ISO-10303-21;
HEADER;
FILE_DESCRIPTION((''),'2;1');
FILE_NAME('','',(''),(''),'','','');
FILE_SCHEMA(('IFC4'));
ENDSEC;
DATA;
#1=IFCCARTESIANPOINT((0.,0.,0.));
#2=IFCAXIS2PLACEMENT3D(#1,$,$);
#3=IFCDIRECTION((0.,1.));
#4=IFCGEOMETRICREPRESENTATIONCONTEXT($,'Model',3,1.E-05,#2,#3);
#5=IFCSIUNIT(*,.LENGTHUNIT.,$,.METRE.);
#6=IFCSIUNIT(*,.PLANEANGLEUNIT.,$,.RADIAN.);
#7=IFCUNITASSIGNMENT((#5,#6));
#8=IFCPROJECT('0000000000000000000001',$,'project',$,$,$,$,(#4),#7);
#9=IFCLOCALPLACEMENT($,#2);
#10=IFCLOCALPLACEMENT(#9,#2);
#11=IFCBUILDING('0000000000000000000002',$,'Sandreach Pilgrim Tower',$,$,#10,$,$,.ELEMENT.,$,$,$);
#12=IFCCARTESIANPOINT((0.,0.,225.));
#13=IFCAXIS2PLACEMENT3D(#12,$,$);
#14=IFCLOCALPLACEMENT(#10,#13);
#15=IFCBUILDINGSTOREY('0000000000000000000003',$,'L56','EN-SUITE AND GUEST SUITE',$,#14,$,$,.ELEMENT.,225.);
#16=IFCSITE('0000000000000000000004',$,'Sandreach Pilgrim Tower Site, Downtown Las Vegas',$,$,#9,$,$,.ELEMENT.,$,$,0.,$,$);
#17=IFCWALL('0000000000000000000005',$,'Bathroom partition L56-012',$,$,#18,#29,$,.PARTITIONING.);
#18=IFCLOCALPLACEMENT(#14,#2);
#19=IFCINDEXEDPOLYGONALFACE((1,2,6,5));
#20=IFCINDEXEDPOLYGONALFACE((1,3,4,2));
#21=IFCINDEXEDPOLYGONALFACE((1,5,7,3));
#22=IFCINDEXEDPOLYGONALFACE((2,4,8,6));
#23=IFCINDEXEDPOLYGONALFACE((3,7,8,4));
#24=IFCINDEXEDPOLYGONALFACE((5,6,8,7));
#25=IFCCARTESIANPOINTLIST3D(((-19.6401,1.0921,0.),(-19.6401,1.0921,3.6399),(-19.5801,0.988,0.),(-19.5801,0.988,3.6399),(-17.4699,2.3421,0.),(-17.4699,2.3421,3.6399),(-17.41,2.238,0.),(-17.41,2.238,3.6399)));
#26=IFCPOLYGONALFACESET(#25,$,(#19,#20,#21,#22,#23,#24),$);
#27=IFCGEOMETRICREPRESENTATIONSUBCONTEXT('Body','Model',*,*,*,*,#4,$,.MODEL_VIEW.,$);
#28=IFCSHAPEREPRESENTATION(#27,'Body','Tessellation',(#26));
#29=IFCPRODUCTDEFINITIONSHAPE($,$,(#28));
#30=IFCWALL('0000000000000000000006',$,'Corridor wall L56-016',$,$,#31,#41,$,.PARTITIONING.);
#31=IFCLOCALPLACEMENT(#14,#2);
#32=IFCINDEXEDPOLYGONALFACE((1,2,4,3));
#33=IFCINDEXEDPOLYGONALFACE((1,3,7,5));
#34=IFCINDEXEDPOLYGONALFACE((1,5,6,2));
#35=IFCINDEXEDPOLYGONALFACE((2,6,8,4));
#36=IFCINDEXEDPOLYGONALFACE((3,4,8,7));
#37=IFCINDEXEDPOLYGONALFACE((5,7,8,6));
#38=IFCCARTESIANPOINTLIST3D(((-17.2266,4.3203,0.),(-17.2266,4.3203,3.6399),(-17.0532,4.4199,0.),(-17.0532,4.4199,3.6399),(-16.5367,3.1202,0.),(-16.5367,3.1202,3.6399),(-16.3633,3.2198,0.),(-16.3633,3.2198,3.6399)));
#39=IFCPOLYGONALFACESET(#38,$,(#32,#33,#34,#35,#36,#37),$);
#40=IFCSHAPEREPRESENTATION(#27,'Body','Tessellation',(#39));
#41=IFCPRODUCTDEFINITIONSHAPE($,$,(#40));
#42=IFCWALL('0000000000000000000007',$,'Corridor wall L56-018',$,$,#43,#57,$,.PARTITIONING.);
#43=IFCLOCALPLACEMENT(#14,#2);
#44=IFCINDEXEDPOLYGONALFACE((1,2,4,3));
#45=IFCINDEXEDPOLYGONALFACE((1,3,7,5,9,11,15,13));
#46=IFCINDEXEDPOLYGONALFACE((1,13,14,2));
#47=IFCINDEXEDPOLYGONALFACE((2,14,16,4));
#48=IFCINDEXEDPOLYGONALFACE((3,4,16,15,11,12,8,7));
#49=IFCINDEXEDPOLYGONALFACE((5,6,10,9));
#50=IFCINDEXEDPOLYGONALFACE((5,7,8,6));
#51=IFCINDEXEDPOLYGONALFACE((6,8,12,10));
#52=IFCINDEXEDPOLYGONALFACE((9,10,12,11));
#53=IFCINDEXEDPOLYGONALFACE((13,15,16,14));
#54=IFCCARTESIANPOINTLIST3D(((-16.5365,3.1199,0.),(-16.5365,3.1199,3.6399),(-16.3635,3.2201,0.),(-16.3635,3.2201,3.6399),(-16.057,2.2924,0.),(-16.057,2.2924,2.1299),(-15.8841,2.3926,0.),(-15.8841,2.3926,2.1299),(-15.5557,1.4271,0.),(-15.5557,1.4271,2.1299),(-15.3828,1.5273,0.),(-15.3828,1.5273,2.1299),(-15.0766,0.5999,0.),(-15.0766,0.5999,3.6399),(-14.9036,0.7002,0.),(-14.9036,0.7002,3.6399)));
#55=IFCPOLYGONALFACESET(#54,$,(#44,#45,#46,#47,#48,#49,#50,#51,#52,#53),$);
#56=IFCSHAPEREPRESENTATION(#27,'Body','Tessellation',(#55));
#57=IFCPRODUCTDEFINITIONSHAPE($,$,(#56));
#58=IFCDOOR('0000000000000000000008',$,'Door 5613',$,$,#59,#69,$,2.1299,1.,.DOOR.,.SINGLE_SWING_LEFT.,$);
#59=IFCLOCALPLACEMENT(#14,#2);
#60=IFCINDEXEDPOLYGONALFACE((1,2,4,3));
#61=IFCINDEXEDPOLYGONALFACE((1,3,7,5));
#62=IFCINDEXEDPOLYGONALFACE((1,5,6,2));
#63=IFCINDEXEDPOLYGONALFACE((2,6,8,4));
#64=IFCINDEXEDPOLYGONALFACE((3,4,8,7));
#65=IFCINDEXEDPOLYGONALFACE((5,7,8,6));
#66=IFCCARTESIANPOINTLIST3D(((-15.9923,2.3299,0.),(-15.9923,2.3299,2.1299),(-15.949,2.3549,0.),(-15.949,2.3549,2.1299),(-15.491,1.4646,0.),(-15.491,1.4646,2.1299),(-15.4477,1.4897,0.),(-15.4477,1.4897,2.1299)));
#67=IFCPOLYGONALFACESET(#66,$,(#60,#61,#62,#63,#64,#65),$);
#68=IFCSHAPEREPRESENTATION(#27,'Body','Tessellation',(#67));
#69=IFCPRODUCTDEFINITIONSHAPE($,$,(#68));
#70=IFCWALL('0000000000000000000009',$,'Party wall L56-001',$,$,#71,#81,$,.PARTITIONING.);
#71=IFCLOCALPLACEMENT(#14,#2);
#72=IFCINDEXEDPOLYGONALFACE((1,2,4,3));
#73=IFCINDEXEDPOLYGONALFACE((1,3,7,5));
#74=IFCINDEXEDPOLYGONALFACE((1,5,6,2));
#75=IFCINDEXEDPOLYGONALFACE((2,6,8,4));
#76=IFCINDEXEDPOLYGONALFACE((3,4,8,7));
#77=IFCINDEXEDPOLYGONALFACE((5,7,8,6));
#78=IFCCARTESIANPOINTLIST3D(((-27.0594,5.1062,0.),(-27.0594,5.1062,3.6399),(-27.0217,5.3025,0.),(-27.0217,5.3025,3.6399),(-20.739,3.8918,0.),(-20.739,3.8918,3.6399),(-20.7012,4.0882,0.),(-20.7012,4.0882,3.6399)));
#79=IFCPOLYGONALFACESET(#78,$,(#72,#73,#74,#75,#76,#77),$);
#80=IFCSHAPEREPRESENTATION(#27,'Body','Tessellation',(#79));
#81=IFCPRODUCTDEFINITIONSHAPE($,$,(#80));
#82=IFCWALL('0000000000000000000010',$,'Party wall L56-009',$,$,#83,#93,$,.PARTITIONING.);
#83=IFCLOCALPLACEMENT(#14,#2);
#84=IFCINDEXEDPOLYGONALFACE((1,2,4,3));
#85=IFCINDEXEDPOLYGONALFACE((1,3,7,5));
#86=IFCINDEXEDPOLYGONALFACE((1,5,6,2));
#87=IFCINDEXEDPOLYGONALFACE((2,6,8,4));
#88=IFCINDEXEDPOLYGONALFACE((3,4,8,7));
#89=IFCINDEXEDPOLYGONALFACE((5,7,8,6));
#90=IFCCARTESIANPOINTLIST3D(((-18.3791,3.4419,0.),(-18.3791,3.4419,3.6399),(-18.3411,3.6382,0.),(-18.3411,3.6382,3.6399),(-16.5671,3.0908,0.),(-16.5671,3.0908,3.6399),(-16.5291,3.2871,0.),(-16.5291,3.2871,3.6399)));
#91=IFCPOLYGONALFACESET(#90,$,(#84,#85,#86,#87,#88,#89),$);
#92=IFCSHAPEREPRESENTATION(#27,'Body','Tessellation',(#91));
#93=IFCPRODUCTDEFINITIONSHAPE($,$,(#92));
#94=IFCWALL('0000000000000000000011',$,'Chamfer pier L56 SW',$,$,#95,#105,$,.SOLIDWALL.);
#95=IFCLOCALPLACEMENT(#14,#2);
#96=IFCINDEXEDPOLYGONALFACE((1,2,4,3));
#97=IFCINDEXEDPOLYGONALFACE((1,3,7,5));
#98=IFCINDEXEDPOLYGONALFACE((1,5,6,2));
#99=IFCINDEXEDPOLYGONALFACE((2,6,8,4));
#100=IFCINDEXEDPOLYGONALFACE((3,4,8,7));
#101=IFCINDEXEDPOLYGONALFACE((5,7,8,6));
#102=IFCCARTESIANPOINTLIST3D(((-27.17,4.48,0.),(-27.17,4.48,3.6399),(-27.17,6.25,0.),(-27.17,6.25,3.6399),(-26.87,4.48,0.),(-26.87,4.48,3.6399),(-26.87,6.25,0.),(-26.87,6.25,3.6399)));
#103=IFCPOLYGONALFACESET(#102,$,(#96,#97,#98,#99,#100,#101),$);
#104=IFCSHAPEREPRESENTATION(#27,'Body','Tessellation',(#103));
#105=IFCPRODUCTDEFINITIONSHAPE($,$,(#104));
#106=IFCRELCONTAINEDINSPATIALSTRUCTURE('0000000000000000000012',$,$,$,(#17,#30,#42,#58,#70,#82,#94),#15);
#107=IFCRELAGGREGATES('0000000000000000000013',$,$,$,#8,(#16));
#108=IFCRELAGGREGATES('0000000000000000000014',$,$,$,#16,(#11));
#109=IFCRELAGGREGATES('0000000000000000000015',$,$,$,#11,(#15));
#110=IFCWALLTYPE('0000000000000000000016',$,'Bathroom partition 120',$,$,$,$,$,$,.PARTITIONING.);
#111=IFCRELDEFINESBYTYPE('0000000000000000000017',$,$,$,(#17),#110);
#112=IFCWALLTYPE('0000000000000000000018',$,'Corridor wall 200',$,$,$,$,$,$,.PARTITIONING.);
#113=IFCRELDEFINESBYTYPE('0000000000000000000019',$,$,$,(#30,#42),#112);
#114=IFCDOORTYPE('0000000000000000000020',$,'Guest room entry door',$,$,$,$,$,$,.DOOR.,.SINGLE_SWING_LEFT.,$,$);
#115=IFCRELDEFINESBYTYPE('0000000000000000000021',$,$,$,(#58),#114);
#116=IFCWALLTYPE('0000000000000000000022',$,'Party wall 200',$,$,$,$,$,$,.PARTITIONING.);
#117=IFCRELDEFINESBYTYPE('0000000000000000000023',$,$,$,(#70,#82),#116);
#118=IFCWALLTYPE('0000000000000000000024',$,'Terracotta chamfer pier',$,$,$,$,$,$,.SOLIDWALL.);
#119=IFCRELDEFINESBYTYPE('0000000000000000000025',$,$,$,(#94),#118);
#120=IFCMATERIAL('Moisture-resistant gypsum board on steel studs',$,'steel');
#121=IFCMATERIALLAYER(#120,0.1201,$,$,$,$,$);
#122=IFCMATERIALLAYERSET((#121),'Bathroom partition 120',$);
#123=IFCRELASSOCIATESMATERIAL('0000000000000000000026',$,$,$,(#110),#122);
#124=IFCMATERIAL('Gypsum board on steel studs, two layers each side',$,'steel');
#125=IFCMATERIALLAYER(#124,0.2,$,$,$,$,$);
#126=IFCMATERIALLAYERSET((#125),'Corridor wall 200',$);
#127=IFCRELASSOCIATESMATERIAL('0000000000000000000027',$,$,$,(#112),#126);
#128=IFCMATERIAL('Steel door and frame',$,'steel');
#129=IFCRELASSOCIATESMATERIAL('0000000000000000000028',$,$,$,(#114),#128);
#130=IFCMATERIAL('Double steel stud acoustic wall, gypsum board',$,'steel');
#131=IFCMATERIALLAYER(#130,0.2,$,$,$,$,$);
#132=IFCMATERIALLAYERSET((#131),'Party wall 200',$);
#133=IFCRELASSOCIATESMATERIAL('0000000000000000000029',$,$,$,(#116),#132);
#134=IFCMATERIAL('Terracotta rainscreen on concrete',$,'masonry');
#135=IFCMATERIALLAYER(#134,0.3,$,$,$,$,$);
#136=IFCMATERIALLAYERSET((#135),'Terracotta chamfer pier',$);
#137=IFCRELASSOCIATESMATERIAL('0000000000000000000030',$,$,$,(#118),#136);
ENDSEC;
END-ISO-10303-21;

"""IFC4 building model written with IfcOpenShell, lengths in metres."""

from ifc_helpers import new_model, si_unit, direction, frame, frame_2d, origin, place, context, subcontext, project, spatial, rectangle, extrude, material, layer, layer_set, type_object, element, fill, save


model = new_model("IFC4")

# Units and contexts
model_context = context("Model", 3, precision=1e-05, world=origin(), true_north=direction((0.0, 1.0)))
body_context = subcontext(model_context, "Body", "Model", "MODEL_VIEW")
ifc_project = project(units=[si_unit("LENGTHUNIT", "METRE"), si_unit("PLANEANGLEUNIT", "RADIAN")], contexts=[model_context])

# Site, building, storey
site_placement = place(None, origin())
site = spatial("IfcSite", under=ifc_project, at=site_placement, Name="Sandreach Pilgrim Tower Site, Downtown Las Vegas", CompositionType="ELEMENT", RefElevation=0.0)
building_placement = place(site_placement, origin())
building = spatial("IfcBuilding", under=site, at=building_placement, Name="Sandreach Pilgrim Tower", CompositionType="ELEMENT")
storey_placement = place(building_placement, frame((0.0, 0.0, 225.0)))
storey = spatial("IfcBuildingStorey", under=building, at=storey_placement, Name="L56", Description="EN-SUITE AND GUEST SUITE", CompositionType="ELEMENT", Elevation=225.0)

# Shared definitions
ifc_material_1 = material(Name="Moisture-resistant gypsum board on steel studs", Category="steel")
ifc_layer_1 = layer(ifc_material_1, 0.1201)
ifc_layer_set_1 = layer_set([ifc_layer_1], Name="Bathroom partition 120")
wall_type_1 = type_object("IfcWallType", Name="Bathroom partition 120", PredefinedType="PARTITIONING", material=ifc_layer_set_1)

# Walls
wall_1_placement = place(storey_placement, frame((-17.4399, 2.29, 0.0), z_axis=(0.0, 0.0, 1.0), x_axis=(-0.866534, -0.499118, 0.0)))
element("IfcWall", 1, at=wall_1_placement, inside=storey, type_object=wall_type_1, Name="Bathroom partition L56-012", PredefinedType="PARTITIONING", context=body_context, shape_type="SweptSolid", body=[
    extrude(rectangle(XDim=2.5044, YDim=0.1201, at=frame_2d((1.2522, 0.0))), origin(), (0.0, 0.0, 1.0), 3.6399),
])
ifc_material_2 = material(Name="Gypsum board on steel studs, two layers each side", Category="steel")
ifc_layer_2 = layer(ifc_material_2, 0.2)
ifc_layer_set_2 = layer_set([ifc_layer_2], Name="Corridor wall 200")
wall_type_2 = type_object("IfcWallType", Name="Corridor wall 200", PredefinedType="PARTITIONING", material=ifc_layer_set_2)
wall_2_placement = place(storey_placement, frame((-17.1399, 4.3701, 0.0), z_axis=(0.0, 0.0, 1.0), x_axis=(0.498378, -0.86696, 0.0)))
element("IfcWall", 2, at=wall_2_placement, inside=storey, type_object=wall_type_2, Name="Corridor wall L56-016", PredefinedType="PARTITIONING", context=body_context, shape_type="SweptSolid", body=[
    extrude(rectangle(XDim=1.3843, YDim=0.2, at=frame_2d((0.6921, 0.0))), origin(), (0.0, 0.0, 1.0), 3.6399),
])

# Wall, opening, door
ifc_material_3 = material(Name="Steel door and frame", Category="steel")
door_type_1 = type_object("IfcDoorType", Name="Guest room entry door", OperationType="SINGLE_SWING_LEFT", PredefinedType="DOOR", material=ifc_material_3)
wall_3_placement = place(storey_placement, frame((-16.45, 3.1699, 0.0), z_axis=(0.0, 0.0, 1.0), x_axis=(0.501294, -0.865277, 0.0)))
wall_3 = element("IfcWall", 3, at=wall_3_placement, inside=storey, type_object=wall_type_2, Name="Corridor wall L56-018", PredefinedType="PARTITIONING", context=body_context, shape_type="SweptSolid", body=[
    extrude(rectangle(XDim=2.9124, YDim=0.2, at=frame_2d((1.4561, 0.0))), origin(), (0.0, 0.0, 1.0), 3.6399),
])
opening_1_placement = place(wall_3_placement, frame((0.9563, 0.0, 0.0)))
opening_1 = element("IfcOpeningElement", 4, at=opening_1_placement, cuts=wall_3, PredefinedType="OPENING", context=body_context, shape_type="SweptSolid", body=[
    extrude(rectangle(XDim=1.0, YDim=2.1299, at=frame_2d((0.5, 1.0649))), frame((0.0, 0.1001, 0.0), z_axis=(0.0, -1.0, 0.0), x_axis=(1.0, 0.0, 0.0)), (0.0, 0.0, 1.0), 0.2),
])
door_1_placement = place(opening_1_placement, origin())
door_1 = element("IfcDoor", 5, at=door_1_placement, inside=storey, type_object=door_type_1, Name="Door 5613", OperationType="SINGLE_SWING_LEFT", OverallHeight=2.1299, OverallWidth=1.0, PredefinedType="DOOR", context=body_context, shape_type="SweptSolid", body=[
    extrude(rectangle(XDim=1.0, YDim=2.1299, at=frame_2d((0.5, 1.0649))), frame((0.0, 0.0249, 0.0), z_axis=(0.0, -1.0, 0.0), x_axis=(1.0, 0.0, 0.0)), (0.0, 0.0, 1.0), 0.05),
])
fill(opening_1, door_1)

# Walls
ifc_material_4 = material(Name="Double steel stud acoustic wall, gypsum board", Category="steel")
ifc_layer_3 = layer(ifc_material_4, 0.2)
ifc_layer_set_3 = layer_set([ifc_layer_3], Name="Party wall 200")
wall_type_3 = type_object("IfcWallType", Name="Party wall 200", PredefinedType="PARTITIONING", material=ifc_layer_set_3)
wall_4_placement = place(storey_placement, frame((-27.0405, 5.2043, 0.0), z_axis=(0.0, 0.0, 1.0), x_axis=(0.982039, -0.188677, 0.0)))
element("IfcWall", 6, at=wall_4_placement, inside=storey, type_object=wall_type_3, Name="Party wall L56-001", PredefinedType="PARTITIONING", context=body_context, shape_type="SweptSolid", body=[
    extrude(rectangle(XDim=6.436, YDim=0.2, at=frame_2d((3.218, 0.0))), origin(), (0.0, 0.0, 1.0), 3.6399),
])
wall_5_placement = place(storey_placement, frame((-18.3601, 3.54, 0.0), z_axis=(0.0, 0.0, 1.0), x_axis=(0.981743, -0.190211, 0.0)))
element("IfcWall", 7, at=wall_5_placement, inside=storey, type_object=wall_type_3, Name="Party wall L56-009", PredefinedType="PARTITIONING", context=body_context, shape_type="SweptSolid", body=[
    extrude(rectangle(XDim=1.8457, YDim=0.2, at=frame_2d((0.9229, 0.0))), origin(), (0.0, 0.0, 1.0), 3.6399),
])
ifc_material_5 = material(Name="Terracotta rainscreen on concrete", Category="masonry")
ifc_layer_4 = layer(ifc_material_5, 0.3)
ifc_layer_set_4 = layer_set([ifc_layer_4], Name="Terracotta chamfer pier")
wall_type_4 = type_object("IfcWallType", Name="Terracotta chamfer pier", PredefinedType="SOLIDWALL", material=ifc_layer_set_4)
wall_6_placement = place(storey_placement, frame((-27.02, 4.48, 0.0), z_axis=(0.0, 0.0, 1.0), x_axis=(0.0, 1.0, 0.0)))
element("IfcWall", 8, at=wall_6_placement, inside=storey, type_object=wall_type_4, Name="Chamfer pier L56 SW", PredefinedType="SOLIDWALL", context=body_context, shape_type="SweptSolid", body=[
    extrude(rectangle(XDim=1.77, YDim=0.3, at=frame_2d((0.885, 0.0))), origin(), (0.0, 0.0, 1.0), 3.6399),
])

save(model, "model.ifc")
